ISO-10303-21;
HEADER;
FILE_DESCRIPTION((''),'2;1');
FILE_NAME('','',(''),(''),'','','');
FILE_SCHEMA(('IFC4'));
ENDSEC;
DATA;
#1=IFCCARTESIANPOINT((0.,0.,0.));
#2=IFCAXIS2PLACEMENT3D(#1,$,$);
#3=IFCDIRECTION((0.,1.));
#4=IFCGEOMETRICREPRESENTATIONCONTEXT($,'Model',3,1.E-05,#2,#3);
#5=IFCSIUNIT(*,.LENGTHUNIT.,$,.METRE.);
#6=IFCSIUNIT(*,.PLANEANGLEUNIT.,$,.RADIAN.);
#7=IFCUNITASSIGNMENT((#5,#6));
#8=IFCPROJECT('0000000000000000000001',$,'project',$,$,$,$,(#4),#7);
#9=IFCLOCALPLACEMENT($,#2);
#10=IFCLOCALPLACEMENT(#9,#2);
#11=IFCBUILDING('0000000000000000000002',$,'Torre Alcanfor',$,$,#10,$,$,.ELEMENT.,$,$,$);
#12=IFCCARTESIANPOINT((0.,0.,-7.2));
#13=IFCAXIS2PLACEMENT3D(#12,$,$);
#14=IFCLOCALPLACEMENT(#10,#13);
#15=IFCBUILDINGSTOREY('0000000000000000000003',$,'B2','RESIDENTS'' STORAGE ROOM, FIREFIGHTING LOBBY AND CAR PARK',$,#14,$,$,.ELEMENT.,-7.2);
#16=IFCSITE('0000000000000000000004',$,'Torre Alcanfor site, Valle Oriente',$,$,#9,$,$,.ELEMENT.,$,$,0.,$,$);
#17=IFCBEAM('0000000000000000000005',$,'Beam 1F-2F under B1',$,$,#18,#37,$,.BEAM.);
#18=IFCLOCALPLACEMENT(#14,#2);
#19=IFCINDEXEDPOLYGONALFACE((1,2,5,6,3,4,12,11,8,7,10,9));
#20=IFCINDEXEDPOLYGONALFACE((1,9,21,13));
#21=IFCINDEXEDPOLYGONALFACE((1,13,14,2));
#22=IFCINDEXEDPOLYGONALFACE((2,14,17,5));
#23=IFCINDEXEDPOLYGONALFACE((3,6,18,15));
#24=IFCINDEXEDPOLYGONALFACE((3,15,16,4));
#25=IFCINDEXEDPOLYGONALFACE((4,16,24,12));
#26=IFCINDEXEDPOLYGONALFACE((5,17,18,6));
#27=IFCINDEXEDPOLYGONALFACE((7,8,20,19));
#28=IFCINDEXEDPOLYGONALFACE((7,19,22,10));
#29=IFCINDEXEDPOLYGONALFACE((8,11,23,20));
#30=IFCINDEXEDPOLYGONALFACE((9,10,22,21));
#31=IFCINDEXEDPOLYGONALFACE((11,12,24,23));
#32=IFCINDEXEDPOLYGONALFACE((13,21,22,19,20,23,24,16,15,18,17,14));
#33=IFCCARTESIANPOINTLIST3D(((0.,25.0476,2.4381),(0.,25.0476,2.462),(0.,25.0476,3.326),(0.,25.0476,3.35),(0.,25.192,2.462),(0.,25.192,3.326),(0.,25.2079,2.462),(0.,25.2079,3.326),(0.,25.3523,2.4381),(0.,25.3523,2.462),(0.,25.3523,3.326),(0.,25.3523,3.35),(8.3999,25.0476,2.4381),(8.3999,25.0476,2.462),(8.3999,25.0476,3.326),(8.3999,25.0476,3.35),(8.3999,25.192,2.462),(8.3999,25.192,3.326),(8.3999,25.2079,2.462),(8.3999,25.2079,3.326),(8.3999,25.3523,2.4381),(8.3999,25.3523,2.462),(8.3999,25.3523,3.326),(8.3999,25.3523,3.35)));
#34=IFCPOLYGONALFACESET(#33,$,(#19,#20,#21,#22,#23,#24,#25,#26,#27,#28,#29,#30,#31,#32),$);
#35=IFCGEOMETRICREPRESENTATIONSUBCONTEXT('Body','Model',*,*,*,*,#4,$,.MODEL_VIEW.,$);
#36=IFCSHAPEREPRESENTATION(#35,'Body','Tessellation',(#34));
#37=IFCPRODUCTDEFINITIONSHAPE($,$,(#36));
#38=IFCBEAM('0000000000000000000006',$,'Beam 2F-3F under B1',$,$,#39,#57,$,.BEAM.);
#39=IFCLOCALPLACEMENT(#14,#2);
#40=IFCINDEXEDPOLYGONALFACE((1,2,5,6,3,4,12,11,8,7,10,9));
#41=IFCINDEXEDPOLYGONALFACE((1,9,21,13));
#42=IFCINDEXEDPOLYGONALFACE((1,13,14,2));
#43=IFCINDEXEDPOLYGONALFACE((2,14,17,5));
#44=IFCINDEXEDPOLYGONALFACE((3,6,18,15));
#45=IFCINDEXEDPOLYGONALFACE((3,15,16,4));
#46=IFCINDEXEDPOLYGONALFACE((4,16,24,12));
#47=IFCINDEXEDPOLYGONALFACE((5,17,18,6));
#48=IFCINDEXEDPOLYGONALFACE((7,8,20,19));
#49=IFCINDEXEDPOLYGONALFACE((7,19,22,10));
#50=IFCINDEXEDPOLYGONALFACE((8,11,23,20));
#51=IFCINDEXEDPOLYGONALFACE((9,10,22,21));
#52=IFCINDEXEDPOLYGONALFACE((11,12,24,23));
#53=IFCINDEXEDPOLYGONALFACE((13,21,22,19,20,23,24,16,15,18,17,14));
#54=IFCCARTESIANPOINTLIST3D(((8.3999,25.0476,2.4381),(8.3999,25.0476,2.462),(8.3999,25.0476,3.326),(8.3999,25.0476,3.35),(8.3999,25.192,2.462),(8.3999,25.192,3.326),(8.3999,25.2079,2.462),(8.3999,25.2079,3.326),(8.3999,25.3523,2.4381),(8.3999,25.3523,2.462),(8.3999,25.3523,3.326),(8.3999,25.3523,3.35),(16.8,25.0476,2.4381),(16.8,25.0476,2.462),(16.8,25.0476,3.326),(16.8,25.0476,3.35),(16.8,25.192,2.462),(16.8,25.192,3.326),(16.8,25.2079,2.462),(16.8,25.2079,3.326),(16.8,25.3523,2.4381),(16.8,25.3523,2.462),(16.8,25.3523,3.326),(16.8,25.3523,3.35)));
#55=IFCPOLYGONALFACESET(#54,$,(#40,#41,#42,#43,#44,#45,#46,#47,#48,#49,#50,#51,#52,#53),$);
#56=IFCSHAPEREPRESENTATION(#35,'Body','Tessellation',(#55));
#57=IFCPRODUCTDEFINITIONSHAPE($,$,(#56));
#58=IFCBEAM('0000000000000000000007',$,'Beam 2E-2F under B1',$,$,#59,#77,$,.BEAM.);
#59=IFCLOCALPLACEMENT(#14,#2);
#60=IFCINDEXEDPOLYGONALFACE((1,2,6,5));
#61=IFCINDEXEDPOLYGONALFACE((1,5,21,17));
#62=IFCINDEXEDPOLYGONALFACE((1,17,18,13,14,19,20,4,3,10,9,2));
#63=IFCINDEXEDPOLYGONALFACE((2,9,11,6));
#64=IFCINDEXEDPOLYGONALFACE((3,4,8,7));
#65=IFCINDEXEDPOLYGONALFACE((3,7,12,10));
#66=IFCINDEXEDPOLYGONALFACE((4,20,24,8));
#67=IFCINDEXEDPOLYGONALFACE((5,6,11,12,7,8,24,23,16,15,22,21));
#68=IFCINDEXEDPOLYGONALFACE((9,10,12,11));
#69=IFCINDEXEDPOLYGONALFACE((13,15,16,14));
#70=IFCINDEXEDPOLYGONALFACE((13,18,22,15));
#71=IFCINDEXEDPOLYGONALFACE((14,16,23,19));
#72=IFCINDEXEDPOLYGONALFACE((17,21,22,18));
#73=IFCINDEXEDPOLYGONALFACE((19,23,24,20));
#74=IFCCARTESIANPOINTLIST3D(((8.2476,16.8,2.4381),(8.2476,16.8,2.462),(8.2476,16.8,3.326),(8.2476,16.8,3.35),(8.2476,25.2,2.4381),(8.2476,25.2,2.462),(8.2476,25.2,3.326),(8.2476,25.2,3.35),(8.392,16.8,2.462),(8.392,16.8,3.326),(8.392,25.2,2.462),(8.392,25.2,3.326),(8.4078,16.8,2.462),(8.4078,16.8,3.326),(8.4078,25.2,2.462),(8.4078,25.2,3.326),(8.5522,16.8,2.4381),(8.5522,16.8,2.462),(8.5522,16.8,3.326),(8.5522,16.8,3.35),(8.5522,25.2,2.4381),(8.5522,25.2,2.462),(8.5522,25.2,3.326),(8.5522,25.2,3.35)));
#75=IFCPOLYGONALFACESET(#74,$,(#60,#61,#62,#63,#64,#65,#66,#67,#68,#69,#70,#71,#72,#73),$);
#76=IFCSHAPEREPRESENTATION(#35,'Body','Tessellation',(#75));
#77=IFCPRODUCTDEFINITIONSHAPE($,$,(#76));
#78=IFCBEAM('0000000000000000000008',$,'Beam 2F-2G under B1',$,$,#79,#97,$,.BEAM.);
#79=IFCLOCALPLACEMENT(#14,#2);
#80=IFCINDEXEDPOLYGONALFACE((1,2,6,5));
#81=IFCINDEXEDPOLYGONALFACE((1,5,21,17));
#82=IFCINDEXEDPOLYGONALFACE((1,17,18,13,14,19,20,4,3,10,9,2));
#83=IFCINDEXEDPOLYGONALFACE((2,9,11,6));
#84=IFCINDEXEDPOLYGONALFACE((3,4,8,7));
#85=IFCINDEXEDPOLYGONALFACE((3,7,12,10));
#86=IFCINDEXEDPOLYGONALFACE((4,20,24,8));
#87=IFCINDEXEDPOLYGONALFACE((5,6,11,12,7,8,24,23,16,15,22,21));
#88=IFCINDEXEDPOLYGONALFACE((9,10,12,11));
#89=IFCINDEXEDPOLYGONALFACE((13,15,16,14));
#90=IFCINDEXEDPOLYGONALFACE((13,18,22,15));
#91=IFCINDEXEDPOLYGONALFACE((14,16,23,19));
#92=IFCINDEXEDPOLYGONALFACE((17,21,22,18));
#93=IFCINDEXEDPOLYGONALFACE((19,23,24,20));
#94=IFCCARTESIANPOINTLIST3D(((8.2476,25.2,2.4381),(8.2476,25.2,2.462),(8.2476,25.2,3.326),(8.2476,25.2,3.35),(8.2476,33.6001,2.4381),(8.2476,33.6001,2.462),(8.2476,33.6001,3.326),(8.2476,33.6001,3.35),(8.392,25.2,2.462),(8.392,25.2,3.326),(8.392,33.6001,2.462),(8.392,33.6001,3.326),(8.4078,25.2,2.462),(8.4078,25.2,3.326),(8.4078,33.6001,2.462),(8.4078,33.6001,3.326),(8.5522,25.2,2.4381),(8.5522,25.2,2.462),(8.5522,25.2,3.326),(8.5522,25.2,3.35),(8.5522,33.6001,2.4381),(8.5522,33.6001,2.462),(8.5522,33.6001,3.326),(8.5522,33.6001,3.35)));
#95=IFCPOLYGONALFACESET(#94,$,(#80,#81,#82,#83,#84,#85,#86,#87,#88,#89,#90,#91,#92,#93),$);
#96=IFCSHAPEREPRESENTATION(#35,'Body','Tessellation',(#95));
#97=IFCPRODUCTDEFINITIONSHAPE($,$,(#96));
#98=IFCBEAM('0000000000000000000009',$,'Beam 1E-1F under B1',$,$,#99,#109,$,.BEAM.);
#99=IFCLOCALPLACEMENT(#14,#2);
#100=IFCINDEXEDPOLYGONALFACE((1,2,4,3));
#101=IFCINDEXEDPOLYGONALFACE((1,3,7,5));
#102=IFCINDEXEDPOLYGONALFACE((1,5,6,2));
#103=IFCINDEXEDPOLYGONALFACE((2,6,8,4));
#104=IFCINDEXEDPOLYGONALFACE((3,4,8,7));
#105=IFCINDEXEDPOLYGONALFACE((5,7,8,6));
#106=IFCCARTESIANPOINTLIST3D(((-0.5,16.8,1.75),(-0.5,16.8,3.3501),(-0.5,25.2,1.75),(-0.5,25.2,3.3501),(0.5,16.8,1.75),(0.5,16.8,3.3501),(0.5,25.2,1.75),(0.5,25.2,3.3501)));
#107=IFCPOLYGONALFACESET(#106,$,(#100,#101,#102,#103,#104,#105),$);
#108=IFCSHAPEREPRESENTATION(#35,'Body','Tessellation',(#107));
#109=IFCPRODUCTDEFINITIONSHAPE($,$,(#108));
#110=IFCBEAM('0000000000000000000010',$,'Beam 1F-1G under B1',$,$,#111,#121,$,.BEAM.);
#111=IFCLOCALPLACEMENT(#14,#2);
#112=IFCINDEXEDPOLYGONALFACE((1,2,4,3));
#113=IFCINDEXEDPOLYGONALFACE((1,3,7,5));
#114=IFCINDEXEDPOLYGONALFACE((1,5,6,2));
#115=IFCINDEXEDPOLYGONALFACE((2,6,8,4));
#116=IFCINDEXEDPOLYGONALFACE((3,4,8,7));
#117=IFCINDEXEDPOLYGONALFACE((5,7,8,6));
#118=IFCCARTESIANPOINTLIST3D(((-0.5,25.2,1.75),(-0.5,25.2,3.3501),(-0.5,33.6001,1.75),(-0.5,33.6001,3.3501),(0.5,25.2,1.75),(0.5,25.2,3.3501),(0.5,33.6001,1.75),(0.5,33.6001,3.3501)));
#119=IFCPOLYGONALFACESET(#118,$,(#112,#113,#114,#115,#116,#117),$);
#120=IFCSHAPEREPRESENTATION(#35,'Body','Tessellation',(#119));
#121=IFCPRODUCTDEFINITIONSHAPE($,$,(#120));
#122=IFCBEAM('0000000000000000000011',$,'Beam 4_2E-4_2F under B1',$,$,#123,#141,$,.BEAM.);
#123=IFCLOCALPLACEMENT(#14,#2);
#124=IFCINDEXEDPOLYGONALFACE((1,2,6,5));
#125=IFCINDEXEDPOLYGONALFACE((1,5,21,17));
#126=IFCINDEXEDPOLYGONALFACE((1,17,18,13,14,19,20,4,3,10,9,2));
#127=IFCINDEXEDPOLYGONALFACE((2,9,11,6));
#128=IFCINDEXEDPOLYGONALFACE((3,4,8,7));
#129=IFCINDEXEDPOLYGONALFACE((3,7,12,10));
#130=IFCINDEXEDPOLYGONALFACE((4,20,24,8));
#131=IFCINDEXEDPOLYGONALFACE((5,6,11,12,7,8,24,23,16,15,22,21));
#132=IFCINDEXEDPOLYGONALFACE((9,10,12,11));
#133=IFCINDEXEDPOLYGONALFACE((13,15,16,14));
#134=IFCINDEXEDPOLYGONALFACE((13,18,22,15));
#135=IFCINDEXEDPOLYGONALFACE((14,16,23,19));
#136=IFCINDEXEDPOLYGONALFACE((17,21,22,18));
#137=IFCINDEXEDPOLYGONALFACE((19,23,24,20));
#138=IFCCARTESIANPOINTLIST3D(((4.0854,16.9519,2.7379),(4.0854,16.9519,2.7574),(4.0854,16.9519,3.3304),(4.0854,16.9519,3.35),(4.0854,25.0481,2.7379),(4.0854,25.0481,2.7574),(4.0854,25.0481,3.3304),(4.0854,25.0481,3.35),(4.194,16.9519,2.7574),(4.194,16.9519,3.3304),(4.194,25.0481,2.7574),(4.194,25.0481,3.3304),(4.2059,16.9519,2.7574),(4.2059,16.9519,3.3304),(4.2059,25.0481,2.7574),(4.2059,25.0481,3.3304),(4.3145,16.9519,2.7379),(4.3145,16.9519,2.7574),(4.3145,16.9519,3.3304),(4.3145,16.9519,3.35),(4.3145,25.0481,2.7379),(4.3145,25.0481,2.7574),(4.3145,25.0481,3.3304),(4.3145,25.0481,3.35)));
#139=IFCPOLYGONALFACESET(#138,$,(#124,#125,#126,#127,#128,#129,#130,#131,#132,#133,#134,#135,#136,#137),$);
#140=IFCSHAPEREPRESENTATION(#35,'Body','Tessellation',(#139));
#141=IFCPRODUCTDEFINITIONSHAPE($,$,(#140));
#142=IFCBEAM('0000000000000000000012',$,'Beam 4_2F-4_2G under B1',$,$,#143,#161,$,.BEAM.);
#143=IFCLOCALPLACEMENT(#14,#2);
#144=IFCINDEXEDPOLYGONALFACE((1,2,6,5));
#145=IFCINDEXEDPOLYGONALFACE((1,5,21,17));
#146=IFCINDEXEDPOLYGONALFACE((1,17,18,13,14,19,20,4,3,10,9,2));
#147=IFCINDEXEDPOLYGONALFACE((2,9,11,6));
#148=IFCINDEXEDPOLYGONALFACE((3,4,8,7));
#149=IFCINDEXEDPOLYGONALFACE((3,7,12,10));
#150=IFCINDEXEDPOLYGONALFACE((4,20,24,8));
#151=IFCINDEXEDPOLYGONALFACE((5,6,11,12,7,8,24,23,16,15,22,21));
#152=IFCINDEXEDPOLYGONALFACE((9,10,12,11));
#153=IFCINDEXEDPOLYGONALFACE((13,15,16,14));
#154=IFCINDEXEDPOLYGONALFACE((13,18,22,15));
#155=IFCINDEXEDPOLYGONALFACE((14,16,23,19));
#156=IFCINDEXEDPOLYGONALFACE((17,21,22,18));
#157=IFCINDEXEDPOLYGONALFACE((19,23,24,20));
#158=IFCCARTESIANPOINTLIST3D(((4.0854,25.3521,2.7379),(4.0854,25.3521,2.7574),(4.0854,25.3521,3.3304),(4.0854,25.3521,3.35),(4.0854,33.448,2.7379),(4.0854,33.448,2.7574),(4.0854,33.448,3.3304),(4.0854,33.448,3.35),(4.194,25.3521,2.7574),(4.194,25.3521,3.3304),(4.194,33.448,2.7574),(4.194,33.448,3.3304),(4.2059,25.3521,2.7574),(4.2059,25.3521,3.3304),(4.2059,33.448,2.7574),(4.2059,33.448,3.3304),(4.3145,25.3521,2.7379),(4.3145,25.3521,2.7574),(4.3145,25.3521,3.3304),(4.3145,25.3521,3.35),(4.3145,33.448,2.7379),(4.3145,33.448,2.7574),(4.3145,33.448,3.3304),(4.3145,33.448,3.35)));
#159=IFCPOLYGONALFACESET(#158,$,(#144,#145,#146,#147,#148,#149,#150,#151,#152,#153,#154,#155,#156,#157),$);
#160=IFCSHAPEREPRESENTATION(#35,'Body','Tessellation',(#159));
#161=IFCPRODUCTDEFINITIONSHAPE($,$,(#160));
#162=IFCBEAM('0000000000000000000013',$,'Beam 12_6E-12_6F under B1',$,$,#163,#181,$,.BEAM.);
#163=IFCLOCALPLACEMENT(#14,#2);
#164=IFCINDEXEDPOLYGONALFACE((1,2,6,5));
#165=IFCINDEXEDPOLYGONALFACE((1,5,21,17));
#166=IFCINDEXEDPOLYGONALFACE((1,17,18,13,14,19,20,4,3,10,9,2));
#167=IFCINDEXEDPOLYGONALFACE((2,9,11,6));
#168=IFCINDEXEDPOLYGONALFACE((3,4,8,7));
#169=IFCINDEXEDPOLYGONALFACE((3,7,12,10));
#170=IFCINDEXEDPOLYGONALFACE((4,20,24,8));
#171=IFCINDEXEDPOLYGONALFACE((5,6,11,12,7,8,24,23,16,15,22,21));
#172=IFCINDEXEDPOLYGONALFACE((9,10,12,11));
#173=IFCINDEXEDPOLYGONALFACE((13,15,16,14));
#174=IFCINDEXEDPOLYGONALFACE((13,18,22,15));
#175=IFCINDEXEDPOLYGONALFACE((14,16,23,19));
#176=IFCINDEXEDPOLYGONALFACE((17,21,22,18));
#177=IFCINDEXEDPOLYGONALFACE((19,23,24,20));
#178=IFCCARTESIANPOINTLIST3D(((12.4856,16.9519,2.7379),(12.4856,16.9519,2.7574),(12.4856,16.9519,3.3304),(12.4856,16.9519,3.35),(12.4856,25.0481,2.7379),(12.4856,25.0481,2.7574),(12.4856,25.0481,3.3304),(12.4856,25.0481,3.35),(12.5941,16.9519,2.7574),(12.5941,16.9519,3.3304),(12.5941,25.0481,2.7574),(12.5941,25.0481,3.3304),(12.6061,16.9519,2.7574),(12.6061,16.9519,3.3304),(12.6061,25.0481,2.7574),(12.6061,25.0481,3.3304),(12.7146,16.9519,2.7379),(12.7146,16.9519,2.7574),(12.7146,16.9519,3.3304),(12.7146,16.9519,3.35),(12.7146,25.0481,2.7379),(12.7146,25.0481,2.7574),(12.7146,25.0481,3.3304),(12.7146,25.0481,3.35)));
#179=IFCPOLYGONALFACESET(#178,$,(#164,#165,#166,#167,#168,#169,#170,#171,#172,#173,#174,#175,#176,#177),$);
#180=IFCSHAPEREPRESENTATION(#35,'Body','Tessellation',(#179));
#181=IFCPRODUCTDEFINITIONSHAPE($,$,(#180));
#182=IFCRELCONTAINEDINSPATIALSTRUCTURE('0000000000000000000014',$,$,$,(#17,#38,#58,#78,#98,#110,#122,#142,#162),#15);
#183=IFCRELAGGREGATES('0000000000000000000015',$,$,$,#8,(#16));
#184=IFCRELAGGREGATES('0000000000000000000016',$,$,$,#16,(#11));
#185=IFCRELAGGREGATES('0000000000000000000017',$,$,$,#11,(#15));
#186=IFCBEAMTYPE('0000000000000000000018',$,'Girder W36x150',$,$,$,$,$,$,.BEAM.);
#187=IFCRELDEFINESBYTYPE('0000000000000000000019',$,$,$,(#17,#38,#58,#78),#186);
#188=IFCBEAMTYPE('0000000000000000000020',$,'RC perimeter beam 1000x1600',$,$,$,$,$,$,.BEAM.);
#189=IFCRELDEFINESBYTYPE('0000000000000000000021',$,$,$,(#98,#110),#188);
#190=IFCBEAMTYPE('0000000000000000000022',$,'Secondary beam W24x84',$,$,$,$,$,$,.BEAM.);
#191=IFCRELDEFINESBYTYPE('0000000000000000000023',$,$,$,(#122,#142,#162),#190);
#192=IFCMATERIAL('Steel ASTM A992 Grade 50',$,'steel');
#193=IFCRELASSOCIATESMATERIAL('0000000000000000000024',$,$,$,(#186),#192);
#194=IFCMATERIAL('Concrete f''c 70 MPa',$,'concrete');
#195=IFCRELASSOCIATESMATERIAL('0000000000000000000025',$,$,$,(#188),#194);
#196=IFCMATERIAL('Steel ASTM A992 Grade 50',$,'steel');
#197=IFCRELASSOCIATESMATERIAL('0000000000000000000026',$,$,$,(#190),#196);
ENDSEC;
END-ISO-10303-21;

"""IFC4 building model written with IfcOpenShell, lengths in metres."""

from ifc_helpers import new_model, si_unit, direction, frame, origin, origin_2d, place, context, subcontext, project, spatial, rectangle, i_section, extrude, material, material_profile, profile_set, type_object, element, save


model = new_model("IFC4")

# Units and contexts
model_context = context("Model", 3, precision=1e-05, world=origin(), true_north=direction((0.0, 1.0)))
body_context = subcontext(model_context, "Body", "Model", "MODEL_VIEW")
ifc_project = project(units=[si_unit("LENGTHUNIT", "METRE"), si_unit("PLANEANGLEUNIT", "RADIAN")], contexts=[model_context])

# Site, building, storey
site_placement = place(None, origin())
site = spatial("IfcSite", under=ifc_project, at=site_placement, Name="Torre Alcanfor site, Valle Oriente", CompositionType="ELEMENT", RefElevation=0.0)
building_placement = place(site_placement, origin())
building = spatial("IfcBuilding", under=site, at=building_placement, Name="Torre Alcanfor", CompositionType="ELEMENT")
storey_placement = place(building_placement, frame((0.0, 0.0, -7.2)))
storey = spatial("IfcBuildingStorey", under=building, at=storey_placement, Name="B2", Description="RESIDENTS' STORAGE ROOM, FIREFIGHTING LOBBY AND CAR PARK", CompositionType="ELEMENT", Elevation=-7.2)

# Beams
ifc_material_1 = material(Name="Steel ASTM A992 Grade 50", Category="steel")
ifc_material_profile_1 = material_profile(ifc_material_1, i_section(OverallWidth=0.3047, OverallDepth=0.9119, WebThickness=0.0159, FlangeThickness=0.0239, at=origin_2d()), Name="W36x150")
ifc_profile_set_1 = profile_set([ifc_material_profile_1], Name="Steel ASTM A992 Grade 50")
beam_type_1 = type_object("IfcBeamType", Name="Girder W36x150", PredefinedType="BEAM", material=ifc_profile_set_1)
beam_1_placement = place(storey_placement, frame((0.0, 25.2, 2.894), z_axis=(1.0, 0.0, 0.0), x_axis=(0.0, 1.0, 0.0)))
element("IfcBeam", 1, at=beam_1_placement, inside=storey, type_object=beam_type_1, Name="Beam 1F-2F under B1", PredefinedType="BEAM", context=body_context, shape_type="SweptSolid", body=[
    extrude(i_section(OverallWidth=0.3047, OverallDepth=0.9119, WebThickness=0.0159, FlangeThickness=0.0239, at=origin_2d()), origin(), (0.0, 0.0, 1.0), 8.3999),
])
beam_2_placement = place(storey_placement, frame((8.3999, 25.2, 2.894), z_axis=(1.0, 0.0, 0.0), x_axis=(0.0, 1.0, 0.0)))
element("IfcBeam", 2, at=beam_2_placement, inside=storey, type_object=beam_type_1, Name="Beam 2F-3F under B1", PredefinedType="BEAM", context=body_context, shape_type="SweptSolid", body=[
    extrude(i_section(OverallWidth=0.3047, OverallDepth=0.9119, WebThickness=0.0159, FlangeThickness=0.0239, at=origin_2d()), origin(), (0.0, 0.0, 1.0), 8.4001),
])
beam_3_placement = place(storey_placement, frame((8.3999, 16.8, 2.894), z_axis=(0.0, 1.0, 0.0), x_axis=(-1.0, 0.0, 0.0)))
element("IfcBeam", 3, at=beam_3_placement, inside=storey, type_object=beam_type_1, Name="Beam 2E-2F under B1", PredefinedType="BEAM", context=body_context, shape_type="SweptSolid", body=[
    extrude(i_section(OverallWidth=0.3047, OverallDepth=0.9119, WebThickness=0.0159, FlangeThickness=0.0239, at=origin_2d()), origin(), (0.0, 0.0, 1.0), 8.3999),
])
beam_4_placement = place(storey_placement, frame((8.3999, 25.2, 2.894), z_axis=(0.0, 1.0, 0.0), x_axis=(-1.0, 0.0, 0.0)))
element("IfcBeam", 4, at=beam_4_placement, inside=storey, type_object=beam_type_1, Name="Beam 2F-2G under B1", PredefinedType="BEAM", context=body_context, shape_type="SweptSolid", body=[
    extrude(i_section(OverallWidth=0.3047, OverallDepth=0.9119, WebThickness=0.0159, FlangeThickness=0.0239, at=origin_2d()), origin(), (0.0, 0.0, 1.0), 8.4001),
])
ifc_material_2 = material(Name="Concrete f'c 70 MPa", Category="concrete")
ifc_material_profile_2 = material_profile(ifc_material_2, rectangle(XDim=1.0, YDim=1.6001, at=origin_2d()), Name="1000x1600")
ifc_profile_set_2 = profile_set([ifc_material_profile_2], Name="Concrete f'c 70 MPa")
beam_type_2 = type_object("IfcBeamType", Name="RC perimeter beam 1000x1600", PredefinedType="BEAM", material=ifc_profile_set_2)
beam_5_placement = place(storey_placement, frame((0.0, 16.8, 2.55), z_axis=(0.0, 1.0, 0.0), x_axis=(-1.0, 0.0, 0.0)))
element("IfcBeam", 5, at=beam_5_placement, inside=storey, type_object=beam_type_2, Name="Beam 1E-1F under B1", PredefinedType="BEAM", context=body_context, shape_type="SweptSolid", body=[
    extrude(rectangle(XDim=1.0, YDim=1.6001, at=origin_2d()), origin(), (0.0, 0.0, 1.0), 8.3999),
])
beam_6_placement = place(storey_placement, frame((0.0, 25.2, 2.55), z_axis=(0.0, 1.0, 0.0), x_axis=(-1.0, 0.0, 0.0)))
element("IfcBeam", 6, at=beam_6_placement, inside=storey, type_object=beam_type_2, Name="Beam 1F-1G under B1", PredefinedType="BEAM", context=body_context, shape_type="SweptSolid", body=[
    extrude(rectangle(XDim=1.0, YDim=1.6001, at=origin_2d()), origin(), (0.0, 0.0, 1.0), 8.4001),
])
ifc_material_3 = material(Name="Steel ASTM A992 Grade 50", Category="steel")
ifc_material_profile_3 = material_profile(ifc_material_3, i_section(OverallWidth=0.229, OverallDepth=0.6121, WebThickness=0.012, FlangeThickness=0.0195, at=origin_2d()), Name="W24x84")
ifc_profile_set_3 = profile_set([ifc_material_profile_3], Name="Steel ASTM A992 Grade 50")
beam_type_3 = type_object("IfcBeamType", Name="Secondary beam W24x84", PredefinedType="BEAM", material=ifc_profile_set_3)
beam_7_placement = place(storey_placement, frame((4.2, 16.9519, 3.0439), z_axis=(0.0, 1.0, 0.0), x_axis=(-1.0, 0.0, 0.0)))
element("IfcBeam", 7, at=beam_7_placement, inside=storey, type_object=beam_type_3, Name="Beam 4_2E-4_2F under B1", PredefinedType="BEAM", context=body_context, shape_type="SweptSolid", body=[
    extrude(i_section(OverallWidth=0.229, OverallDepth=0.6121, WebThickness=0.012, FlangeThickness=0.0195, at=origin_2d()), origin(), (0.0, 0.0, 1.0), 8.0962),
])
beam_8_placement = place(storey_placement, frame((4.2, 25.3521, 3.0439), z_axis=(0.0, 1.0, 0.0), x_axis=(-1.0, 0.0, 0.0)))
element("IfcBeam", 8, at=beam_8_placement, inside=storey, type_object=beam_type_3, Name="Beam 4_2F-4_2G under B1", PredefinedType="BEAM", context=body_context, shape_type="SweptSolid", body=[
    extrude(i_section(OverallWidth=0.229, OverallDepth=0.6121, WebThickness=0.012, FlangeThickness=0.0195, at=origin_2d()), origin(), (0.0, 0.0, 1.0), 8.0959),
])
beam_9_placement = place(storey_placement, frame((12.6001, 16.9519, 3.0439), z_axis=(0.0, 1.0, 0.0), x_axis=(-1.0, 0.0, 0.0)))
element("IfcBeam", 9, at=beam_9_placement, inside=storey, type_object=beam_type_3, Name="Beam 12_6E-12_6F under B1", PredefinedType="BEAM", context=body_context, shape_type="SweptSolid", body=[
    extrude(i_section(OverallWidth=0.229, OverallDepth=0.6121, WebThickness=0.012, FlangeThickness=0.0195, at=origin_2d()), origin(), (0.0, 0.0, 1.0), 8.0962),
])

save(model, "model.ifc")
